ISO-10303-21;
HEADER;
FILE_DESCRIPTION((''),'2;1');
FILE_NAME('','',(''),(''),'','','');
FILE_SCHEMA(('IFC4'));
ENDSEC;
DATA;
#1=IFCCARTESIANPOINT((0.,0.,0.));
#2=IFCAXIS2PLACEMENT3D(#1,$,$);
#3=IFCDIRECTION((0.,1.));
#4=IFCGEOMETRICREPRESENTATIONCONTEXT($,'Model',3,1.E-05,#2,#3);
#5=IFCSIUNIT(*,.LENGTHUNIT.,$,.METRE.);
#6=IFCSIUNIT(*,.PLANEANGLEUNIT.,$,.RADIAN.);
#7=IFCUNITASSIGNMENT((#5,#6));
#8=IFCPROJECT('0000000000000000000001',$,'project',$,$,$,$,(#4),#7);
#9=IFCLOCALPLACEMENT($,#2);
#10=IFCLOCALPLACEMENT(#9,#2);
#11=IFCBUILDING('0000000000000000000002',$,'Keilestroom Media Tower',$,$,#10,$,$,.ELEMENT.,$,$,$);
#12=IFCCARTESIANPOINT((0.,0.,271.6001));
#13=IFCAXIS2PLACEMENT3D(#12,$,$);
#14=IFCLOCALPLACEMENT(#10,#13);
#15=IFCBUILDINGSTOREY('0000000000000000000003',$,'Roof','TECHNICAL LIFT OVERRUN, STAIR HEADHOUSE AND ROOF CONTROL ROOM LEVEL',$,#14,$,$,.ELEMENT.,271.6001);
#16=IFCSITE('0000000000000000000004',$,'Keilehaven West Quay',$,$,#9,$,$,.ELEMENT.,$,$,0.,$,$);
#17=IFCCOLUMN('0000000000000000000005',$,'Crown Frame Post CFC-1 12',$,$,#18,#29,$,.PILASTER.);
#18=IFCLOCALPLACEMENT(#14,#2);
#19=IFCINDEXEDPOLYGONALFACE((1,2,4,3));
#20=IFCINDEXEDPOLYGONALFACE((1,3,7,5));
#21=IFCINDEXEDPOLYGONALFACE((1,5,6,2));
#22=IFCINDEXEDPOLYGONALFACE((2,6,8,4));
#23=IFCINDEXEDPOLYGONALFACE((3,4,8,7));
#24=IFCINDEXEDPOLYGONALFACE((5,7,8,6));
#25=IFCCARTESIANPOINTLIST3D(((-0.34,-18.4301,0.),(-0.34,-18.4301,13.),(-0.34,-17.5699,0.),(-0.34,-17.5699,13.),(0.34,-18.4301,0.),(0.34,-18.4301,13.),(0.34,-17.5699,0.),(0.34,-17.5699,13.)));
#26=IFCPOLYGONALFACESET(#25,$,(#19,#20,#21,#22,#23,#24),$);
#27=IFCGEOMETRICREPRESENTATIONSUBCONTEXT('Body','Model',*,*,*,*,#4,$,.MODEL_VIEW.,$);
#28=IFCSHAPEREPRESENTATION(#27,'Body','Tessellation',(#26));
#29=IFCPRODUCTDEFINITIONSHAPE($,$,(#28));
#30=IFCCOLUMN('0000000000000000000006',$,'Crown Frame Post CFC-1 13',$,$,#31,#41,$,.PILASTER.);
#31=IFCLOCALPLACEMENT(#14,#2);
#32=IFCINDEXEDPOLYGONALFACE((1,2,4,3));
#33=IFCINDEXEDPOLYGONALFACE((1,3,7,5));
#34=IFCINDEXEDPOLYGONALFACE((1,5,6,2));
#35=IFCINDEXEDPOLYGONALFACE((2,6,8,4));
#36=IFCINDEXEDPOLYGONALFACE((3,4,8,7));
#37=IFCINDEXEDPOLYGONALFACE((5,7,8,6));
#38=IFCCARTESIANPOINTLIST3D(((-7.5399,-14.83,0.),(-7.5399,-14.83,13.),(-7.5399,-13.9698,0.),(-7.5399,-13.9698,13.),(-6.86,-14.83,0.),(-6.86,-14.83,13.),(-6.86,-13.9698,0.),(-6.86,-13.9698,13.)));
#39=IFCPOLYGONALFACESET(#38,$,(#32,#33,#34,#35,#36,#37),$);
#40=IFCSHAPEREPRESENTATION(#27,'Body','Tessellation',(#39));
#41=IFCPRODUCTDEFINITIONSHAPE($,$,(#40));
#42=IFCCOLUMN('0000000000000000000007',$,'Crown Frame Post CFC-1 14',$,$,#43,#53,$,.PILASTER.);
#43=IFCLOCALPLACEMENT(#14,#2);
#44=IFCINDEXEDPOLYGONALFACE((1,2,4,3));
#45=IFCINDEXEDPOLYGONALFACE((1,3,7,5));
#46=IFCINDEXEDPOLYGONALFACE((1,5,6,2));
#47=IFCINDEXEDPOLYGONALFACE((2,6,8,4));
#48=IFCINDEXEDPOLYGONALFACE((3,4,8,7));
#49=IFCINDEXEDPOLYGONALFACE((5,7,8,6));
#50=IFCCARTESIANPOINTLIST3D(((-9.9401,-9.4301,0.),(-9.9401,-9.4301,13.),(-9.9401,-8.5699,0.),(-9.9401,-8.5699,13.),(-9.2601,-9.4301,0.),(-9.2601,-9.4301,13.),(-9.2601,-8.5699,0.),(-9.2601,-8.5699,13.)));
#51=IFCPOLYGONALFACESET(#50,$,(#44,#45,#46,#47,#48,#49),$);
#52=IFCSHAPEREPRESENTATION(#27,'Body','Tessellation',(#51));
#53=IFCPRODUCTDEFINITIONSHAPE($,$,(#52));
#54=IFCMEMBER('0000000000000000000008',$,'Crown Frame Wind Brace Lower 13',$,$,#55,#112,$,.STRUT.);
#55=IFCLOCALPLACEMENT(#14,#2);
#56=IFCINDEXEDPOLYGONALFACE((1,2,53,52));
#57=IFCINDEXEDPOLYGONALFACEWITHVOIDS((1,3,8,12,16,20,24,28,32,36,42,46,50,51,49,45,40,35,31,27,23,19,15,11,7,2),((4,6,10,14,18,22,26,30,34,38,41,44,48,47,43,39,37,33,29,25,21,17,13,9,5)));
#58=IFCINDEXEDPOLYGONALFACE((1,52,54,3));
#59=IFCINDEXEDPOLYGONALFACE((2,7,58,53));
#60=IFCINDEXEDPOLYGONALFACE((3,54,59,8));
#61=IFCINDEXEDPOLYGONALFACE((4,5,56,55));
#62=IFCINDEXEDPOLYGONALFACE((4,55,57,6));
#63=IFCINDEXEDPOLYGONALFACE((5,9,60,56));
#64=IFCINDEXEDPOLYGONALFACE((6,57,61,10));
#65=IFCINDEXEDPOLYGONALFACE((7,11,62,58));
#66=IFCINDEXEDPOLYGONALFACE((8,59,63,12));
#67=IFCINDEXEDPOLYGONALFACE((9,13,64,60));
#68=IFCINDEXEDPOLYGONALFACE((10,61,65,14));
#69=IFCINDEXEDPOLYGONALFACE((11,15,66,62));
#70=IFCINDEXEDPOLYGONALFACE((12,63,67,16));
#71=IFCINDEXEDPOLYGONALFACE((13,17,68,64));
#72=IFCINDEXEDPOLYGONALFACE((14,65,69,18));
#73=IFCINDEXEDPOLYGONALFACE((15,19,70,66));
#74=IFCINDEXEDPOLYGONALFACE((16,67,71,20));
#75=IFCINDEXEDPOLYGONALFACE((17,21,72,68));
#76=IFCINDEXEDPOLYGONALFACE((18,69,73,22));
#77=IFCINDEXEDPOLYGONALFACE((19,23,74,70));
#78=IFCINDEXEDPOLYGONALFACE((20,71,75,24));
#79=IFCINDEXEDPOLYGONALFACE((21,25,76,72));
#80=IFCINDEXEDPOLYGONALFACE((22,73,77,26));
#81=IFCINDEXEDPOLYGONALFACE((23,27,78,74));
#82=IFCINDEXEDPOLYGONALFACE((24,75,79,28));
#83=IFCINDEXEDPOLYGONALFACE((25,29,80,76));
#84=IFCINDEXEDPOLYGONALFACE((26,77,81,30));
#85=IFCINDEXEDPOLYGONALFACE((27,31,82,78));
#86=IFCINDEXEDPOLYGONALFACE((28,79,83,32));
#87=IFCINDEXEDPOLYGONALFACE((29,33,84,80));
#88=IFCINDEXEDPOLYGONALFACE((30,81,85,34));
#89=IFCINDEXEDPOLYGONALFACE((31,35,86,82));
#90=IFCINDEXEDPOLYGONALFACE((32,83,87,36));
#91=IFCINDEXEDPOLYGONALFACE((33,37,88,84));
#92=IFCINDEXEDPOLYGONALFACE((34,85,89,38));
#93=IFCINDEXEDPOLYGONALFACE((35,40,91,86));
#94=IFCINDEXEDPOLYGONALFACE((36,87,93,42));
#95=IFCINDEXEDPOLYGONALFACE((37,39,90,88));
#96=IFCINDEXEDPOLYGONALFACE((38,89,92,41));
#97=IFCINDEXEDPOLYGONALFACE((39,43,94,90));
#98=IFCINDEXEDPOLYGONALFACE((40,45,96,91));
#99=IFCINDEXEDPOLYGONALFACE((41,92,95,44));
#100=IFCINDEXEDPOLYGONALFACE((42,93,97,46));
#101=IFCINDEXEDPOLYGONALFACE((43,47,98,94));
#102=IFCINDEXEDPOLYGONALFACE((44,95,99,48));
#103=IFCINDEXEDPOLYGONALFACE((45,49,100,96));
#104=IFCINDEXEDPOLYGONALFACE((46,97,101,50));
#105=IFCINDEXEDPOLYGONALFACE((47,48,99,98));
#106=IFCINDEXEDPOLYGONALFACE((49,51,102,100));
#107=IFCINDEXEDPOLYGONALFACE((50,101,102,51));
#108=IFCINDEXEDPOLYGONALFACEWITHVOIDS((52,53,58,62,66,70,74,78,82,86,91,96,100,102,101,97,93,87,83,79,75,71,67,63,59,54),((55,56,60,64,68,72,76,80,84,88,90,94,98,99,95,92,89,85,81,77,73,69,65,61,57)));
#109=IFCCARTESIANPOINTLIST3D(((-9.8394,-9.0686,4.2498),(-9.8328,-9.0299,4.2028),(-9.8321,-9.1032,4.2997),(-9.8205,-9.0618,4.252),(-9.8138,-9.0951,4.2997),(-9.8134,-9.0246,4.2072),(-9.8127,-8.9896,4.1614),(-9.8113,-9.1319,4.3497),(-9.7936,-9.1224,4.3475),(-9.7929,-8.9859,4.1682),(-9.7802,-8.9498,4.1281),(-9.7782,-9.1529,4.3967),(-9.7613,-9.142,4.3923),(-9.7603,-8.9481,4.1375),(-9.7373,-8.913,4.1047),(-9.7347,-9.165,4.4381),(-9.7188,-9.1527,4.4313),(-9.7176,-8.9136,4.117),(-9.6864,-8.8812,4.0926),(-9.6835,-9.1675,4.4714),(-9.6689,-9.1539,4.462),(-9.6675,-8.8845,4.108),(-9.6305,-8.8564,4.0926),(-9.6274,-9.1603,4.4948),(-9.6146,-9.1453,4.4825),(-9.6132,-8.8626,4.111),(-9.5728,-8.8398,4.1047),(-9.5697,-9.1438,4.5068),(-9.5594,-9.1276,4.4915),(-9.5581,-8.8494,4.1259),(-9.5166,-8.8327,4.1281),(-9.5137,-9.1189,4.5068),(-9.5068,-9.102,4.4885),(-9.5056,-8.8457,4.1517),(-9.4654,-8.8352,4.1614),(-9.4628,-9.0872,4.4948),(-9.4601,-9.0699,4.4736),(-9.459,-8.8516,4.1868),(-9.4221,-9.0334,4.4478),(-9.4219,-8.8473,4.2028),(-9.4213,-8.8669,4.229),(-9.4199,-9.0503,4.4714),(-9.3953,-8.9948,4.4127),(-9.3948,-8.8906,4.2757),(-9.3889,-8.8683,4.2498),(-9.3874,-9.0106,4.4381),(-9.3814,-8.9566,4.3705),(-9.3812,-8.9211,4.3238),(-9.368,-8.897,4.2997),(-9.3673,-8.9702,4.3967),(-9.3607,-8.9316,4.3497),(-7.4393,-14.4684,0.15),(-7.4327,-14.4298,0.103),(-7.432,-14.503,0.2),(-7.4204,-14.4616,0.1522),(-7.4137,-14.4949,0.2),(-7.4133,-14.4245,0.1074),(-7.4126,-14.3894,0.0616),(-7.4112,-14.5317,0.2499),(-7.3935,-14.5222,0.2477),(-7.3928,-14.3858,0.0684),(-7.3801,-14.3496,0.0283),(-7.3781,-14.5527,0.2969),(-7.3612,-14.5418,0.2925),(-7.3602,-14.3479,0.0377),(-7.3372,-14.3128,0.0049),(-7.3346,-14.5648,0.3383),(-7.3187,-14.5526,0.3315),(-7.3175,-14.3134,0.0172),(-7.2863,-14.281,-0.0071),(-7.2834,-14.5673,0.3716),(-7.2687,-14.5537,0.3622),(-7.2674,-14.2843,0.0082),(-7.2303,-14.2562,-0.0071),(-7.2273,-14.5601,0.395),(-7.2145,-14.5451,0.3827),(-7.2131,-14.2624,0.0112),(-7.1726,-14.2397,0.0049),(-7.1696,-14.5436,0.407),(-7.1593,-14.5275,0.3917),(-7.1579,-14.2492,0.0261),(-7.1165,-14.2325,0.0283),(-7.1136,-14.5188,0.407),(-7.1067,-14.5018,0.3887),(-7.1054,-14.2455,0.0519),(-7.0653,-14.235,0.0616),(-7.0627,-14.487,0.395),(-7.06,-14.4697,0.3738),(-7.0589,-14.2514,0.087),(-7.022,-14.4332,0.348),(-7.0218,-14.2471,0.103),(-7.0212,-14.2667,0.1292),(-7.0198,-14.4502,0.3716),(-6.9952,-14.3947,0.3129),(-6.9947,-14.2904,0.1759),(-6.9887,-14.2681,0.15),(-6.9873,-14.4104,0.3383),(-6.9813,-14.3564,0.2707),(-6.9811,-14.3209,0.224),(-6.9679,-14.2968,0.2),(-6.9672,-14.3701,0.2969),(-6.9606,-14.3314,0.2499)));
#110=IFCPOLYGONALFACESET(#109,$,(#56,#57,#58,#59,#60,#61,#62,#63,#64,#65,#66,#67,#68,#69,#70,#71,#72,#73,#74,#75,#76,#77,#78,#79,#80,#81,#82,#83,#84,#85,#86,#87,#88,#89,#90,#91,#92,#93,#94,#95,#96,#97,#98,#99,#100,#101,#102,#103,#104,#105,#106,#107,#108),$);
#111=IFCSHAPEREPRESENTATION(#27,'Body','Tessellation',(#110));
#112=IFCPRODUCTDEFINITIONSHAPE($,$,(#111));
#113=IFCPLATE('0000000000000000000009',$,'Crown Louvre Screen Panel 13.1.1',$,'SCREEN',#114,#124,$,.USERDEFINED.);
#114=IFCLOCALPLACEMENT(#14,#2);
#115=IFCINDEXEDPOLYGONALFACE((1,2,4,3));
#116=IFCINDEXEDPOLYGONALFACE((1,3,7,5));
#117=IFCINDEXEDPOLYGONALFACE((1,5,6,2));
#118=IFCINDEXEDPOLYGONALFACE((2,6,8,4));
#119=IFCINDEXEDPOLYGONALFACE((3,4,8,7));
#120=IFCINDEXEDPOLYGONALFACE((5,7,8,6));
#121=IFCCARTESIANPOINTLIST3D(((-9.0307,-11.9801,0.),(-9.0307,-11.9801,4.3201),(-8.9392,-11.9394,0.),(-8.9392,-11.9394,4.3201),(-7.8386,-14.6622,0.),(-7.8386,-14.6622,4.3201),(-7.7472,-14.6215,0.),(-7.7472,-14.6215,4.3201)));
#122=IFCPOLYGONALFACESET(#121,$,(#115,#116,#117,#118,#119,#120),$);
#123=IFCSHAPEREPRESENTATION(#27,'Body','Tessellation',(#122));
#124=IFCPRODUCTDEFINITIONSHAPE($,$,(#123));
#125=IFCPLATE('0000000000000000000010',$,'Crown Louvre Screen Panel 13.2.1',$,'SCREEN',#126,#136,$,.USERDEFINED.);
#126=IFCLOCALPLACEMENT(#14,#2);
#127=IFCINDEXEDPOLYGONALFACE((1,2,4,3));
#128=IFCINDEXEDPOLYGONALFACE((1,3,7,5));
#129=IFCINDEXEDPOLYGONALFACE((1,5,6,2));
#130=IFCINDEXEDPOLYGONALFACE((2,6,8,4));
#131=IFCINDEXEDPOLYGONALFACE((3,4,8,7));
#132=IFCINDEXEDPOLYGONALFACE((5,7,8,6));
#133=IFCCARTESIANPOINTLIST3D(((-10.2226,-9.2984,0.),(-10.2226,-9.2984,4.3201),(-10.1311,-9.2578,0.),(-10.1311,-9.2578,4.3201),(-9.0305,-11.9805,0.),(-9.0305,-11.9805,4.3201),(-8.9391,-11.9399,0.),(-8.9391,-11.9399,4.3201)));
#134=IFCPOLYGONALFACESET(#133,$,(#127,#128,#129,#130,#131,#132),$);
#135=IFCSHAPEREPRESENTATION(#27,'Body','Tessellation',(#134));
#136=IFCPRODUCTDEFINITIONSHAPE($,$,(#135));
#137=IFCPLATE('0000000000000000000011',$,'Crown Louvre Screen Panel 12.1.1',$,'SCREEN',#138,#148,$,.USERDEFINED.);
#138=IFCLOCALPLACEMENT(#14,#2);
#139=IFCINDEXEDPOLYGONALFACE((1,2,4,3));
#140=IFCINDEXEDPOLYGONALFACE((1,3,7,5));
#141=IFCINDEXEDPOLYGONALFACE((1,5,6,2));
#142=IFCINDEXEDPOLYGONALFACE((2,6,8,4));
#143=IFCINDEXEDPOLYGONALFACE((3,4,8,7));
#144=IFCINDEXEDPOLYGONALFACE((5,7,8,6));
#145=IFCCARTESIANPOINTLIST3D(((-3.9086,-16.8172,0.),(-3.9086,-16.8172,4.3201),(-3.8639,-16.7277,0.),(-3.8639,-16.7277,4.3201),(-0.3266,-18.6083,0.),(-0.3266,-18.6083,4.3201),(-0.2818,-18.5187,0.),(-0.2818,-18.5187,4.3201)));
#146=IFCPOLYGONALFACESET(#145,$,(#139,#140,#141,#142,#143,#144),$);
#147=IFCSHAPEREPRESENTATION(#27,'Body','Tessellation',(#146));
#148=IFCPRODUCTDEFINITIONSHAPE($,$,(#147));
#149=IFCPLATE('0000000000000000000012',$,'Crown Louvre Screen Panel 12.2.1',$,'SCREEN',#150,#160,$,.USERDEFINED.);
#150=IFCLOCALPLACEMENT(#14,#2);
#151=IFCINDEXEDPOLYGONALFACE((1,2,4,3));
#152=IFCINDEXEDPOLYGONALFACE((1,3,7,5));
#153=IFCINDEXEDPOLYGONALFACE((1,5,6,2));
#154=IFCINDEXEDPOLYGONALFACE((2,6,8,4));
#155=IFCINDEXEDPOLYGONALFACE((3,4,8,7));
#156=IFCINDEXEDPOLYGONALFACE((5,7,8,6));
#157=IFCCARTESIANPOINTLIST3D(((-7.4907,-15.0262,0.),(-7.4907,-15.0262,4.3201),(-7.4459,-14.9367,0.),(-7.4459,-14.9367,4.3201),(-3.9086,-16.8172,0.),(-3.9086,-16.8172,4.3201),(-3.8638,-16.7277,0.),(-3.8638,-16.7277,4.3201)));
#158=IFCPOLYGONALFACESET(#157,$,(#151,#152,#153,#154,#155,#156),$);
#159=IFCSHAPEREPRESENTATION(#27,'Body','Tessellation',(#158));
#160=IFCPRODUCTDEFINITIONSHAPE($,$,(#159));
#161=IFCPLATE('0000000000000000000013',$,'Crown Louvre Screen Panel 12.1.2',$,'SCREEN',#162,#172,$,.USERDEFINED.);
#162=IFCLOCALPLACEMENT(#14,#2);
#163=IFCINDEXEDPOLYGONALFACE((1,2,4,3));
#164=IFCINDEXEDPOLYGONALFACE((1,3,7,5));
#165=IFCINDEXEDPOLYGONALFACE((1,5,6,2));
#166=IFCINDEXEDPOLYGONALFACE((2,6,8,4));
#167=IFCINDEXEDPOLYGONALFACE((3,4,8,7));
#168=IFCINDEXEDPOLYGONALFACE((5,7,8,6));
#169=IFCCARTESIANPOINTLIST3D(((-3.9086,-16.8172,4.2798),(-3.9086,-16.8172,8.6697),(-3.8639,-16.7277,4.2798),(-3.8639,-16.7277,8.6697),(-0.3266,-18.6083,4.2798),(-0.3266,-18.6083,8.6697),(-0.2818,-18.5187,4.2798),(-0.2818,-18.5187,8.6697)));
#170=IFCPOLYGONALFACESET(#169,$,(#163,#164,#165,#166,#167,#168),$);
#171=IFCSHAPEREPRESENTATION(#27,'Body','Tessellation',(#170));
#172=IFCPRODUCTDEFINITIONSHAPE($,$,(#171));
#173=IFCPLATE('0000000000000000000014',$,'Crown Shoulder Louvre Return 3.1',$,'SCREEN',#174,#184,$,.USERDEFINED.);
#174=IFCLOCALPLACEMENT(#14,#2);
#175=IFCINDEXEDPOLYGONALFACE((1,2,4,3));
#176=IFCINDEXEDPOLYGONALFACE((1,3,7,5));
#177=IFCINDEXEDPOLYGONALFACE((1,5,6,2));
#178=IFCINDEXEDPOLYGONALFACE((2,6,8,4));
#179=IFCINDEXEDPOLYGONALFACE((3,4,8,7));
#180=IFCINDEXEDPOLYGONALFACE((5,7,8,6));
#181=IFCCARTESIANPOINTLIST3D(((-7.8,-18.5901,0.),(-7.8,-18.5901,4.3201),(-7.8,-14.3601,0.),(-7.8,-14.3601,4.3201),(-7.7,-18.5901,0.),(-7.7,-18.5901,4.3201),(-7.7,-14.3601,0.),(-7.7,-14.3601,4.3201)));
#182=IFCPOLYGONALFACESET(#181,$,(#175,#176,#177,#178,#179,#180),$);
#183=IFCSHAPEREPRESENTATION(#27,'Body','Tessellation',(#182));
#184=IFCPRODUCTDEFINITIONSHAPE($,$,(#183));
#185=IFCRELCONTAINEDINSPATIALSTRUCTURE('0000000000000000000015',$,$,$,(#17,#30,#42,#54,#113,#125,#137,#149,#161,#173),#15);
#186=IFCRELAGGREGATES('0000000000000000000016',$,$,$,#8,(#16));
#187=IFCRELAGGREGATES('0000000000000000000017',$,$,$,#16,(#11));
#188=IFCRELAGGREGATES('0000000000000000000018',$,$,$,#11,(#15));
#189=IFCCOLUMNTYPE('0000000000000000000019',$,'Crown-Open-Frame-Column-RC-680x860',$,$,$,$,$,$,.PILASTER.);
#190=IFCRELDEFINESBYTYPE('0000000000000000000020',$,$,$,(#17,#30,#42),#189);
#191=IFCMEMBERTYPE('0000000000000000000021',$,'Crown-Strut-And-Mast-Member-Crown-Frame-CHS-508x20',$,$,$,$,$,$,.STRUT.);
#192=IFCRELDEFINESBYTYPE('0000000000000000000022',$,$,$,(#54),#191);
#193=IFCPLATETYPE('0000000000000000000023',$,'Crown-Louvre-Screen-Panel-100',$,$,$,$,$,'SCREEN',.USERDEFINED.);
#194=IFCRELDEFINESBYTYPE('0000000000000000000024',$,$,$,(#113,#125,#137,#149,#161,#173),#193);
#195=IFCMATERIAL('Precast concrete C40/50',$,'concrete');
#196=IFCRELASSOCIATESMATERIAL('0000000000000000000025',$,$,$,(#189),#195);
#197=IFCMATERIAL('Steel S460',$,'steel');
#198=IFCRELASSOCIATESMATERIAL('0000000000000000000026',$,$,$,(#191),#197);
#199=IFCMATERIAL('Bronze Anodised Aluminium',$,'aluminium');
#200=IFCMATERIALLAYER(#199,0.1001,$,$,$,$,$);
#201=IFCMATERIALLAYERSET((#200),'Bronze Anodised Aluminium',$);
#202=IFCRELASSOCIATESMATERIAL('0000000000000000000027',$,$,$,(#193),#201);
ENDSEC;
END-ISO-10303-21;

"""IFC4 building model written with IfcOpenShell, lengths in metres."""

from ifc_helpers import new_model, si_unit, direction, frame, origin, origin_2d, place, context, subcontext, project, spatial, rectangle, hollow_circle, extrude, source, transform, mapped, material, layer, layer_set, material_profile, profile_set, type_object, element, save


model = new_model("IFC4")

# Units and contexts
model_context = context("Model", 3, precision=1e-05, world=origin(), true_north=direction((0.0, 1.0)))
body_context = subcontext(model_context, "Body", "Model", "MODEL_VIEW")
ifc_project = project(units=[si_unit("LENGTHUNIT", "METRE"), si_unit("PLANEANGLEUNIT", "RADIAN")], contexts=[model_context])

# Site, building, storey
site_placement = place(None, origin())
site = spatial("IfcSite", under=ifc_project, at=site_placement, Name="Keilehaven West Quay", CompositionType="ELEMENT", RefElevation=0.0)
building_placement = place(site_placement, origin())
building = spatial("IfcBuilding", under=site, at=building_placement, Name="Keilestroom Media Tower", CompositionType="ELEMENT")
storey_placement = place(building_placement, frame((0.0, 0.0, 271.6001)))
storey = spatial("IfcBuildingStorey", under=building, at=storey_placement, Name="Roof", Description="TECHNICAL LIFT OVERRUN, STAIR HEADHOUSE AND ROOF CONTROL ROOM LEVEL", CompositionType="ELEMENT", Elevation=271.6001)

# Columns
ifc_material_1 = material(Name="Precast concrete C40/50", Category="concrete")
ifc_material_profile_1 = material_profile(ifc_material_1, rectangle(XDim=0.6799, YDim=0.8601, at=origin_2d()), Name="CF 860x680")
ifc_profile_set_1 = profile_set([ifc_material_profile_1], Name="Precast concrete C40/50")
column_type = type_object("IfcColumnType", Name="Crown-Open-Frame-Column-RC-680x860", PredefinedType="PILASTER", material=ifc_profile_set_1)
shared_shape_1 = source(origin(), body_context, "Body", "SweptSolid", [
    extrude(rectangle(XDim=0.6799, YDim=0.8601, at=origin_2d()), origin(), (0.0, 0.0, 1.0), 13.0),
])
for number, where, z_axis, x_axis, name in (
    (1, (0.0, -18.0, 0.0), (0.0, 0.0, 1.0), (1.0, 0.0, 0.0), "Crown Frame Post CFC-1 12"),
    (2, (-7.2, -14.3999, 0.0), (0.0, 0.0, 1.0), (1.0, 0.0, 0.0), "Crown Frame Post CFC-1 13"),
    (3, (-9.6001, -9.0, 0.0), (0.0, 0.0, 1.0), (1.0, 0.0, 0.0), "Crown Frame Post CFC-1 14"),
):
    element("IfcColumn", number, at=place(storey_placement, frame(where, z_axis=z_axis, x_axis=x_axis)), inside=storey, type_object=column_type, Name=name, PredefinedType="PILASTER", context=body_context, shape_type="MappedRepresentation", body=[
        mapped(shared_shape_1, transform((0.0, 0.0, 0.0), x_axis=(1.0, 0.0, 0.0), y_axis=(0.0, 1.0, 0.0), z_axis=(0.0, 0.0, 1.0), scale=1.0)),
    ])

# Member
ifc_material_2 = material(Name="Steel S460", Category="steel")
ifc_material_profile_2 = material_profile(ifc_material_2, hollow_circle(Radius=0.2539, WallThickness=0.02, at=origin_2d()), Name="CHS 508x20")
ifc_profile_set_2 = profile_set([ifc_material_profile_2], Name="Steel S460")
member_type = type_object("IfcMemberType", Name="Crown-Strut-And-Mast-Member-Crown-Frame-CHS-508x20", PredefinedType="STRUT", material=ifc_profile_set_2)
shared_shape_2 = source(origin(), body_context, "Body", "SweptSolid", [
    extrude(hollow_circle(Radius=0.2539, WallThickness=0.02, at=origin_2d()), origin(), (0.0, 0.0, 1.0), 7.1921),
])
member_placement = place(storey_placement, frame((-7.2, -14.3999, 0.2), z_axis=(-0.333713, 0.750795, 0.570038), x_axis=(-0.9138, -0.406165, 0.0)))
element("IfcMember", 4, at=member_placement, inside=storey, type_object=member_type, Name="Crown Frame Wind Brace Lower 13", PredefinedType="STRUT", context=body_context, shape_type="MappedRepresentation", body=[
    mapped(shared_shape_2, transform((0.0, 0.0, 0.0), x_axis=(1.0, 0.0, 0.0), y_axis=(0.0, 1.0, 0.0), z_axis=(0.0, 0.0, 1.0), scale=1.0)),
])

# Plates
ifc_material_3 = material(Name="Bronze Anodised Aluminium", Category="aluminium")
ifc_layer_1 = layer(ifc_material_3, 0.1001)
ifc_layer_set_1 = layer_set([ifc_layer_1], Name="Bronze Anodised Aluminium")
plate_type = type_object("IfcPlateType", Name="Crown-Louvre-Screen-Panel-100", ElementType="SCREEN", PredefinedType="USERDEFINED", material=ifc_layer_set_1)
shared_shape_3 = source(origin(), body_context, "Body", "SweptSolid", [
    extrude(rectangle(XDim=2.9351, YDim=0.1001, at=origin_2d()), origin(), (0.0, 0.0, 1.0), 4.3201),
])
for number, where, z_axis, x_axis, name in (
    (5, (-8.3889, -13.3008, 0.0), (0.0, 0.0, 1.0), (-0.406139, 0.913811, 0.0), "Crown Louvre Screen Panel 13.1.1"),
    (6, (-9.5808, -10.6191, 0.0), (0.0, 0.0, 1.0), (-0.406139, 0.913811, 0.0), "Crown Louvre Screen Panel 13.2.1"),
):
    element("IfcPlate", number, at=place(storey_placement, frame(where, z_axis=z_axis, x_axis=x_axis)), inside=storey, type_object=plate_type, Name=name, ObjectType="SCREEN", PredefinedType="USERDEFINED", context=body_context, shape_type="MappedRepresentation", body=[
        mapped(shared_shape_3, transform((0.0, 0.0, 0.0), x_axis=(1.0, 0.0, 0.0), y_axis=(0.0, 1.0, 0.0), z_axis=(0.0, 0.0, 1.0), scale=1.0)),
    ])
shared_shape_4 = source(origin(), body_context, "Body", "SweptSolid", [
    extrude(rectangle(XDim=4.0049, YDim=0.1001, at=origin_2d()), origin(), (0.0, 0.0, 1.0), 4.3201),
])
for number, where, z_axis, x_axis, name in (
    (7, (-2.0952, -17.668, 0.0), (0.0, 0.0, 1.0), (-0.894427, 0.447214, 0.0), "Crown Louvre Screen Panel 12.1.1"),
    (8, (-5.6772, -15.877, 0.0), (0.0, 0.0, 1.0), (-0.894427, 0.447214, 0.0), "Crown Louvre Screen Panel 12.2.1"),
):
    element("IfcPlate", number, at=place(storey_placement, frame(where, z_axis=z_axis, x_axis=x_axis)), inside=storey, type_object=plate_type, Name=name, ObjectType="SCREEN", PredefinedType="USERDEFINED", context=body_context, shape_type="MappedRepresentation", body=[
        mapped(shared_shape_4, transform((0.0, 0.0, 0.0), x_axis=(1.0, 0.0, 0.0), y_axis=(0.0, 1.0, 0.0), z_axis=(0.0, 0.0, 1.0), scale=1.0)),
    ])
shared_shape_5 = source(origin(), body_context, "Body", "SweptSolid", [
    extrude(rectangle(XDim=4.0049, YDim=0.1001, at=origin_2d()), origin(), (0.0, 0.0, 1.0), 4.3899),
])
plate_1_placement = place(storey_placement, frame((-2.0952, -17.668, 4.2798), z_axis=(0.0, 0.0, 1.0), x_axis=(-0.894427, 0.447214, 0.0)))
element("IfcPlate", 9, at=plate_1_placement, inside=storey, type_object=plate_type, Name="Crown Louvre Screen Panel 12.1.2", ObjectType="SCREEN", PredefinedType="USERDEFINED", context=body_context, shape_type="MappedRepresentation", body=[
    mapped(shared_shape_5, transform((0.0, 0.0, 0.0), x_axis=(1.0, 0.0, 0.0), y_axis=(0.0, 1.0, 0.0), z_axis=(0.0, 0.0, 1.0), scale=1.0)),
])
shared_shape_6 = source(origin(), body_context, "Body", "SweptSolid", [
    extrude(rectangle(XDim=4.23, YDim=0.1001, at=origin_2d()), origin(), (0.0, 0.0, 1.0), 4.3201),
])
plate_2_placement = place(storey_placement, frame((-7.75, -16.4751, 0.0), z_axis=(0.0, 0.0, 1.0), x_axis=(0.0, 1.0, 0.0)))
element("IfcPlate", 10, at=plate_2_placement, inside=storey, type_object=plate_type, Name="Crown Shoulder Louvre Return 3.1", ObjectType="SCREEN", PredefinedType="USERDEFINED", context=body_context, shape_type="MappedRepresentation", body=[
    mapped(shared_shape_6, transform((0.0, 0.0, 0.0), x_axis=(1.0, 0.0, 0.0), y_axis=(0.0, 1.0, 0.0), z_axis=(0.0, 0.0, 1.0), scale=1.0)),
])

save(model, "model.ifc")
